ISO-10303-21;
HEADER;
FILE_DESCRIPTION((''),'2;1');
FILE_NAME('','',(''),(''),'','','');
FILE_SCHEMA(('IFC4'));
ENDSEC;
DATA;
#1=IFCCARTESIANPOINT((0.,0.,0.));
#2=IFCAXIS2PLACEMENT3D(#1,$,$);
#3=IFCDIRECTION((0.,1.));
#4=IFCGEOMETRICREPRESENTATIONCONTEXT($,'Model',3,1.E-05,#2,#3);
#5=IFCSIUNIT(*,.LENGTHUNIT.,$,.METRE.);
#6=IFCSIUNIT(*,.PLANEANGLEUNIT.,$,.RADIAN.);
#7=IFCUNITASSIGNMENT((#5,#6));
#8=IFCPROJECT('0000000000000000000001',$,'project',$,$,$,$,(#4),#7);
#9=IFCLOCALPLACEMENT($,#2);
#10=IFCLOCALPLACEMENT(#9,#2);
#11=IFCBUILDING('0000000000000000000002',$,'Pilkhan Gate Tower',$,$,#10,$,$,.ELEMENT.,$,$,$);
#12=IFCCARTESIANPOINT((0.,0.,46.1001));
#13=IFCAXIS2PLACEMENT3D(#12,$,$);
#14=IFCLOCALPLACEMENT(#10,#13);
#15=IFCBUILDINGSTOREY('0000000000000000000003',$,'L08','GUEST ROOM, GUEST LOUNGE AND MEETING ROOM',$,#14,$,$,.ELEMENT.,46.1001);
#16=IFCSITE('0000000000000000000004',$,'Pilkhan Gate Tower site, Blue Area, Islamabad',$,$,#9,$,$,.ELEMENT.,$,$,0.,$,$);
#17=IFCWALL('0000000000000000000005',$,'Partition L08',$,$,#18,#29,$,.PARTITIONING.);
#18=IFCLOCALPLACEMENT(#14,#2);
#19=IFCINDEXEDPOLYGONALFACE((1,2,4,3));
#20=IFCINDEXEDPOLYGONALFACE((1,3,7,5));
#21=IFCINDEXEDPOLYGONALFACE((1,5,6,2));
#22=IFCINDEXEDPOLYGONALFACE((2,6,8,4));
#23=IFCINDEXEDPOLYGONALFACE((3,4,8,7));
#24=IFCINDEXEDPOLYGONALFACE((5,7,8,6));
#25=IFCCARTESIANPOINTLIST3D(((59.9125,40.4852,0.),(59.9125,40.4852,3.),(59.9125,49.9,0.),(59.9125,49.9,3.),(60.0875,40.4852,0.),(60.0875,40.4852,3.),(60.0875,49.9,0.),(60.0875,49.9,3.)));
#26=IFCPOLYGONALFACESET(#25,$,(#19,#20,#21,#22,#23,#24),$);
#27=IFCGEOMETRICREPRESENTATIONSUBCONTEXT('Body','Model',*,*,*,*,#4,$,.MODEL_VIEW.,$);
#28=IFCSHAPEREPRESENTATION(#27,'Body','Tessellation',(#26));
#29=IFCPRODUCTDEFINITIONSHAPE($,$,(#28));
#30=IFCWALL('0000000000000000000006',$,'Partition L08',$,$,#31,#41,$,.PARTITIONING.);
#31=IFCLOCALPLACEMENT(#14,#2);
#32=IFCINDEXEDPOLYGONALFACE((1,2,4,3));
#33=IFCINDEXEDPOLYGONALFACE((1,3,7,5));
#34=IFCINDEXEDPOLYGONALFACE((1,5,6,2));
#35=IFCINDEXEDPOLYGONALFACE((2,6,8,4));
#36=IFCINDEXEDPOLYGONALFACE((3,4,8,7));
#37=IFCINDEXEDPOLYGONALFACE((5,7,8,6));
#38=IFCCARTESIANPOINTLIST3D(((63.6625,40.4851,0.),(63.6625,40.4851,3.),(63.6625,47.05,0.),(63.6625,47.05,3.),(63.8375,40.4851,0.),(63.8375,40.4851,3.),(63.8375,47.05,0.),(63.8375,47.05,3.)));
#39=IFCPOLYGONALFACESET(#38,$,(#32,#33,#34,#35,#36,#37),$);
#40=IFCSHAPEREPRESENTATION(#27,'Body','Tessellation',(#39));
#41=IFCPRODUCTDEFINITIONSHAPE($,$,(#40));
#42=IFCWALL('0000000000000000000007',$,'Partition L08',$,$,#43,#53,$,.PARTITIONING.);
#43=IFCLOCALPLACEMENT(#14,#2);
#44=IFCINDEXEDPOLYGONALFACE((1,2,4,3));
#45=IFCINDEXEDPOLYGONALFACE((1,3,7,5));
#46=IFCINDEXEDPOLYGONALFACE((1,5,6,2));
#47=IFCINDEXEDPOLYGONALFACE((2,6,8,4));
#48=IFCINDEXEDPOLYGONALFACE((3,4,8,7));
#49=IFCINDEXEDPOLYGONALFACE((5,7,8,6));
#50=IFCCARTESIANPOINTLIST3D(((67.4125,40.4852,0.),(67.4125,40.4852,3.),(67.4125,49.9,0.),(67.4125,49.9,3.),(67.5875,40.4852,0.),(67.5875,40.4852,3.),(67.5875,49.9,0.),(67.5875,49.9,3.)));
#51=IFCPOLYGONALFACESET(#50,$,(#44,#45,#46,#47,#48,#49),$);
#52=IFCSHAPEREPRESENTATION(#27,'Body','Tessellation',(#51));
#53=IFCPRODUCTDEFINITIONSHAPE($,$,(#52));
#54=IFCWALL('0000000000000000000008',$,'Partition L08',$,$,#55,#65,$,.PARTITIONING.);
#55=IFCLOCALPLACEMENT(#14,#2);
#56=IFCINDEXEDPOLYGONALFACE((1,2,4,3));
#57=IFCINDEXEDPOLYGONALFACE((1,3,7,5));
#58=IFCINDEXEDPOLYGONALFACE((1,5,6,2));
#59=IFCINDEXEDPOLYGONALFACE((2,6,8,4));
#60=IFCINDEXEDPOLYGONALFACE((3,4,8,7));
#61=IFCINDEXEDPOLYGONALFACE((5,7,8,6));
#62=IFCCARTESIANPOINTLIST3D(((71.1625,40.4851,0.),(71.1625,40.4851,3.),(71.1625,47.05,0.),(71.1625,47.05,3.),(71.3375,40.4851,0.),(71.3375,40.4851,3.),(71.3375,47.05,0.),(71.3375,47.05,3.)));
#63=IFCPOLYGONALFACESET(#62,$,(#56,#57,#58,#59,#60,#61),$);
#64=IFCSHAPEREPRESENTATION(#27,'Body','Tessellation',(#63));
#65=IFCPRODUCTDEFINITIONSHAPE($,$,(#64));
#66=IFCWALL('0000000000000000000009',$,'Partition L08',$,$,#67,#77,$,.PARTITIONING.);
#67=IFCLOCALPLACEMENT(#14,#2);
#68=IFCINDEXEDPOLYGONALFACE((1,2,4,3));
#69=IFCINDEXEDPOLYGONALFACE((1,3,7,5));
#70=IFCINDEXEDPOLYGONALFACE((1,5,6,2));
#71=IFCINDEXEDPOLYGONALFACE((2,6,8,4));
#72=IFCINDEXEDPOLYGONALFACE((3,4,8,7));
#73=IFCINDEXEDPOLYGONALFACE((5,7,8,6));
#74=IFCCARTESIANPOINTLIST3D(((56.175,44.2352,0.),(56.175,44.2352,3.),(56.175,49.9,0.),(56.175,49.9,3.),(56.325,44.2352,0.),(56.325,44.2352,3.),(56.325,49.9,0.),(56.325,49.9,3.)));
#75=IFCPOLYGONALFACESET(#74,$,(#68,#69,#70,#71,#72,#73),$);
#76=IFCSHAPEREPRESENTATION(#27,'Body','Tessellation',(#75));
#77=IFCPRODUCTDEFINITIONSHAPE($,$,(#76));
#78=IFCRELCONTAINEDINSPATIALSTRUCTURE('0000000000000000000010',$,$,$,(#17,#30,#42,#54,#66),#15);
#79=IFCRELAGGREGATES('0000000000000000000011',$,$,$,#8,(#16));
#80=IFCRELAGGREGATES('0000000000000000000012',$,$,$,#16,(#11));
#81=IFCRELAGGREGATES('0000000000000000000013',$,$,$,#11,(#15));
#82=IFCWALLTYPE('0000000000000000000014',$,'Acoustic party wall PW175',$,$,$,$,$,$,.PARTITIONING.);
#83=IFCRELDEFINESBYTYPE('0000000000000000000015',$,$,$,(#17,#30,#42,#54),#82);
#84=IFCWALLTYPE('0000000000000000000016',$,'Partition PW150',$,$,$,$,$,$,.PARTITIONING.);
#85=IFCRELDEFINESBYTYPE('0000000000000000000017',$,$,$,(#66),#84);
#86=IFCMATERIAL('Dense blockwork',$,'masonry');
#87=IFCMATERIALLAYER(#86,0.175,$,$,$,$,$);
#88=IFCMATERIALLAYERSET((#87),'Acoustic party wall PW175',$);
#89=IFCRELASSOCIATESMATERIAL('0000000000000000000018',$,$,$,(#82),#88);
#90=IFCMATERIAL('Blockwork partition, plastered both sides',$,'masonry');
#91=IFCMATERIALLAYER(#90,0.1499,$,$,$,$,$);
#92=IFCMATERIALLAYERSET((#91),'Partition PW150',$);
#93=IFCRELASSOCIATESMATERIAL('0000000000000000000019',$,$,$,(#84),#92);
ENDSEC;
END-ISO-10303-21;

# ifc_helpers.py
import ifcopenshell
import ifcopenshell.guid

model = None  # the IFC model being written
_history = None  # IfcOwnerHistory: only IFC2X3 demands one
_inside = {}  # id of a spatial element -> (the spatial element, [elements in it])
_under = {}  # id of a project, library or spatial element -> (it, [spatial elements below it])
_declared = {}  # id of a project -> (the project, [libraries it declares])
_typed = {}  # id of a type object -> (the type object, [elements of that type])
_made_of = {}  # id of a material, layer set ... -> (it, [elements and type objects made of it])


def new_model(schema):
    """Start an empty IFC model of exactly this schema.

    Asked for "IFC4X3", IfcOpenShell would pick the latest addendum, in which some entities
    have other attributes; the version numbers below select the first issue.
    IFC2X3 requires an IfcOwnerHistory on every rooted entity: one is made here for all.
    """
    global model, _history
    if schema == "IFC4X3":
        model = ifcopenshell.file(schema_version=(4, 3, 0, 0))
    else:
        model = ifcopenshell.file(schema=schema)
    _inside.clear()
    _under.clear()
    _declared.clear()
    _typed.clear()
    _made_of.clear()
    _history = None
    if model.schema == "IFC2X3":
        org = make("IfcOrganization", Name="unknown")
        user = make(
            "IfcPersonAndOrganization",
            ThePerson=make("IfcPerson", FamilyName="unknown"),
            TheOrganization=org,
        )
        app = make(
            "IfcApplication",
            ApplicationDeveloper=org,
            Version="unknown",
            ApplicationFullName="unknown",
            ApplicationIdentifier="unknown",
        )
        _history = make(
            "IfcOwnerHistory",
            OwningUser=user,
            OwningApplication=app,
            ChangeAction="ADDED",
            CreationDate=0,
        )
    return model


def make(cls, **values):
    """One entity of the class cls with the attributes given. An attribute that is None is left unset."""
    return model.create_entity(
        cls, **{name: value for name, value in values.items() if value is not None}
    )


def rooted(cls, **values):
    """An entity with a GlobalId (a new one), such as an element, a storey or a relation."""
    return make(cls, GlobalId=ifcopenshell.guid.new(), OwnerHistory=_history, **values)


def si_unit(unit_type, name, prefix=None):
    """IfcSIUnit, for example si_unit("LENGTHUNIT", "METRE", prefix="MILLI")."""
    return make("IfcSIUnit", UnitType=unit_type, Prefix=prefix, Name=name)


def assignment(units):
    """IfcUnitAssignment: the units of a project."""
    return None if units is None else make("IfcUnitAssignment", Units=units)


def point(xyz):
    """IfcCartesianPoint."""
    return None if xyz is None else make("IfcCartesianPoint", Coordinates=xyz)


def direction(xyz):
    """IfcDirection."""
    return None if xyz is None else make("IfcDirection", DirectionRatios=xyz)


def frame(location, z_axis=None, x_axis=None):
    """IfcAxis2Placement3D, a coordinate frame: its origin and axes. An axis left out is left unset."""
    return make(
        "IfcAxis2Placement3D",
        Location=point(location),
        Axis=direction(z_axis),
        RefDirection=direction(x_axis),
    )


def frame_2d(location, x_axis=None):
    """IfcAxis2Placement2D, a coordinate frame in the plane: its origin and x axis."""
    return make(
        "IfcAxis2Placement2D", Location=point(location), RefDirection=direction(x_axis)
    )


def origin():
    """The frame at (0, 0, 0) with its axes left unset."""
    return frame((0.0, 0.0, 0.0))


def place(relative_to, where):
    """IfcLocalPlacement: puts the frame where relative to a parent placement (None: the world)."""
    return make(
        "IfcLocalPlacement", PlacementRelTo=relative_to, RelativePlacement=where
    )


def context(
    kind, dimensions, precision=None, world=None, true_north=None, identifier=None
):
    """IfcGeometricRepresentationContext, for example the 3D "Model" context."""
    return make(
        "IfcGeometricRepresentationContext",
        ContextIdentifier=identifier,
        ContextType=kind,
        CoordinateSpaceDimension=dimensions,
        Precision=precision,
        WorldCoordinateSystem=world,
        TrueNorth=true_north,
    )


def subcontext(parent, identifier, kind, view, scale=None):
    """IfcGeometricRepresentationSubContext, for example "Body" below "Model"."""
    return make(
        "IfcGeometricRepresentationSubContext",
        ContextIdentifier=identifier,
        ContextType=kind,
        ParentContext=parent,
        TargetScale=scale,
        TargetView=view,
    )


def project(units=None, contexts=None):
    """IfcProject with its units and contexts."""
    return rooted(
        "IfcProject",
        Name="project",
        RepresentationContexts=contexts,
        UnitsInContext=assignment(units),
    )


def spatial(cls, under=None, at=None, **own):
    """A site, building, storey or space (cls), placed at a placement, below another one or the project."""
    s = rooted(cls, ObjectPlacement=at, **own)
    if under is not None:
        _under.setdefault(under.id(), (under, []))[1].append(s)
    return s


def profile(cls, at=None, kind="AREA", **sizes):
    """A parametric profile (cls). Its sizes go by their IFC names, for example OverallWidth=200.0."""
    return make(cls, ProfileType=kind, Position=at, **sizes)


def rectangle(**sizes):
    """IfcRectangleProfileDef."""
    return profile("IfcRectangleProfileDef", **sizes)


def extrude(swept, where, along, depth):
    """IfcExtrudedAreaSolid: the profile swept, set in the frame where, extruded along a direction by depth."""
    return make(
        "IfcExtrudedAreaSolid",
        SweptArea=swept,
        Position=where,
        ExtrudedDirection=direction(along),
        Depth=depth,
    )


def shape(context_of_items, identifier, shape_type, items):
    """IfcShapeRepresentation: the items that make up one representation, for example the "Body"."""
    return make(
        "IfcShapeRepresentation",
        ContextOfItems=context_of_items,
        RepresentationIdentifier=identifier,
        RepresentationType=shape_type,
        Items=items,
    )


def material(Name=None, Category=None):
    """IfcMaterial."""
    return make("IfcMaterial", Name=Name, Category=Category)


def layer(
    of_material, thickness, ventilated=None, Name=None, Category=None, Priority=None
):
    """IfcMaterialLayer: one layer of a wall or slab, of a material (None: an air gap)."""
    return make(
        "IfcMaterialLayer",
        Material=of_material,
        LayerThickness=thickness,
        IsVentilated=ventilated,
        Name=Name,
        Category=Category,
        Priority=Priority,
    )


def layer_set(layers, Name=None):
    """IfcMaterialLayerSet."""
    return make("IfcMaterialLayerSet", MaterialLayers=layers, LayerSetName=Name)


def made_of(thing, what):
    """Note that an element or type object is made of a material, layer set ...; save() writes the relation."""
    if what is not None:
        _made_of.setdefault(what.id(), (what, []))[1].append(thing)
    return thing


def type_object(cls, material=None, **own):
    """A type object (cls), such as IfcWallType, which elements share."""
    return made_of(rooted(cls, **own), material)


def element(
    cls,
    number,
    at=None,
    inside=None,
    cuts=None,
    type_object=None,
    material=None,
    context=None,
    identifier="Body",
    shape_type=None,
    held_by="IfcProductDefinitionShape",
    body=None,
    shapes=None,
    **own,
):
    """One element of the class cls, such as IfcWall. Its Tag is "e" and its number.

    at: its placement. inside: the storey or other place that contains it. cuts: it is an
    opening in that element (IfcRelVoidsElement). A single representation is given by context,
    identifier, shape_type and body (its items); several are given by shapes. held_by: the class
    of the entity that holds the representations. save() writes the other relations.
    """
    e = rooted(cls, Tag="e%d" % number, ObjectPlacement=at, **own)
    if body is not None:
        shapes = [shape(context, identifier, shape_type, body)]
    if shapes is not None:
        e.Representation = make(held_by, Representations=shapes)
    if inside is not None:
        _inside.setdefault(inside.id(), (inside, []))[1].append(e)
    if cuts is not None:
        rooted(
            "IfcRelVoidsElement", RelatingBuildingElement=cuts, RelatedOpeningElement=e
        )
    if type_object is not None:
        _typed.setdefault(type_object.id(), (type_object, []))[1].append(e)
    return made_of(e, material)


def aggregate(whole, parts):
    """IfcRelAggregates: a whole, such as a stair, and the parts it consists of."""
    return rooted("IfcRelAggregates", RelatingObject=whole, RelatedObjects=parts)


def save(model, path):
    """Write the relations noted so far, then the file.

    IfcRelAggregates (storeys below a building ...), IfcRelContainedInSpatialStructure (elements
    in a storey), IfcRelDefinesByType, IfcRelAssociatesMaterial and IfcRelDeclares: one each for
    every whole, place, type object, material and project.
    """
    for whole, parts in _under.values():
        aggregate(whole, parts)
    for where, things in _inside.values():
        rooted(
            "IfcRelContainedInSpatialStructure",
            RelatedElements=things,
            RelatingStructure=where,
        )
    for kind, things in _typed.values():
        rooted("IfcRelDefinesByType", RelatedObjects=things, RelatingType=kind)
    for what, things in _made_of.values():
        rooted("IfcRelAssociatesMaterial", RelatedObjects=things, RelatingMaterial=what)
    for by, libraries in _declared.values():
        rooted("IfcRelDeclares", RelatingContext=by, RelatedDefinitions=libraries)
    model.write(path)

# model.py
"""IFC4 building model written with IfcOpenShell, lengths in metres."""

from ifc_helpers import new_model, si_unit, direction, frame, frame_2d, origin, place, context, subcontext, project, spatial, rectangle, extrude, material, layer, layer_set, type_object, element, save


model = new_model("IFC4")

# Units and contexts
model_context = context("Model", 3, precision=1e-05, world=origin(), true_north=direction((0.0, 1.0)))
body_context = subcontext(model_context, "Body", "Model", "MODEL_VIEW")
ifc_project = project(units=[si_unit("LENGTHUNIT", "METRE"), si_unit("PLANEANGLEUNIT", "RADIAN")], contexts=[model_context])

# Site, building, storey
site_placement = place(None, origin())
site = spatial("IfcSite", under=ifc_project, at=site_placement, Name="Pilkhan Gate Tower site, Blue Area, Islamabad", CompositionType="ELEMENT", RefElevation=0.0)
building_placement = place(site_placement, origin())
building = spatial("IfcBuilding", under=site, at=building_placement, Name="Pilkhan Gate Tower", CompositionType="ELEMENT")
storey_placement = place(building_placement, frame((0.0, 0.0, 46.1001)))
storey = spatial("IfcBuildingStorey", under=building, at=storey_placement, Name="L08", Description="GUEST ROOM, GUEST LOUNGE AND MEETING ROOM", CompositionType="ELEMENT", Elevation=46.1001)

# Walls
ifc_material_1 = material(Name="Dense blockwork", Category="masonry")
ifc_layer_1 = layer(ifc_material_1, 0.175)
ifc_layer_set_1 = layer_set([ifc_layer_1], Name="Acoustic party wall PW175")
wall_type_1 = type_object("IfcWallType", Name="Acoustic party wall PW175", PredefinedType="PARTITIONING", material=ifc_layer_set_1)
wall_1_placement = place(storey_placement, frame((60.0, 40.4851, 0.0), z_axis=(0.0, 0.0, 1.0), x_axis=(0.0, 1.0, 0.0)))
element("IfcWall", 1, at=wall_1_placement, inside=storey, type_object=wall_type_1, Name="Partition L08", PredefinedType="PARTITIONING", context=body_context, shape_type="SweptSolid", body=[
    extrude(rectangle(XDim=9.4148, YDim=0.175, at=frame_2d((4.7075, 0.0))), origin(), (0.0, 0.0, 1.0), 3.0),
])
wall_2_placement = place(storey_placement, frame((63.75, 40.4851, 0.0), z_axis=(0.0, 0.0, 1.0), x_axis=(0.0, 1.0, 0.0)))
element("IfcWall", 2, at=wall_2_placement, inside=storey, type_object=wall_type_1, Name="Partition L08", PredefinedType="PARTITIONING", context=body_context, shape_type="SweptSolid", body=[
    extrude(rectangle(XDim=6.5649, YDim=0.175, at=frame_2d((3.2825, 0.0))), origin(), (0.0, 0.0, 1.0), 3.0),
])
wall_3_placement = place(storey_placement, frame((67.5, 40.4851, 0.0), z_axis=(0.0, 0.0, 1.0), x_axis=(0.0, 1.0, 0.0)))
element("IfcWall", 3, at=wall_3_placement, inside=storey, type_object=wall_type_1, Name="Partition L08", PredefinedType="PARTITIONING", context=body_context, shape_type="SweptSolid", body=[
    extrude(rectangle(XDim=9.4148, YDim=0.175, at=frame_2d((4.7075, 0.0))), origin(), (0.0, 0.0, 1.0), 3.0),
])
wall_4_placement = place(storey_placement, frame((71.25, 40.4851, 0.0), z_axis=(0.0, 0.0, 1.0), x_axis=(0.0, 1.0, 0.0)))
element("IfcWall", 4, at=wall_4_placement, inside=storey, type_object=wall_type_1, Name="Partition L08", PredefinedType="PARTITIONING", context=body_context, shape_type="SweptSolid", body=[
    extrude(rectangle(XDim=6.5649, YDim=0.175, at=frame_2d((3.2825, 0.0))), origin(), (0.0, 0.0, 1.0), 3.0),
])
ifc_material_2 = material(Name="Blockwork partition, plastered both sides", Category="masonry")
ifc_layer_2 = layer(ifc_material_2, 0.1499)
ifc_layer_set_2 = layer_set([ifc_layer_2], Name="Partition PW150")
wall_type_2 = type_object("IfcWallType", Name="Partition PW150", PredefinedType="PARTITIONING", material=ifc_layer_set_2)
wall_5_placement = place(storey_placement, frame((56.25, 44.2351, 0.0), z_axis=(0.0, 0.0, 1.0), x_axis=(0.0, 1.0, 0.0)))
element("IfcWall", 5, at=wall_5_placement, inside=storey, type_object=wall_type_2, Name="Partition L08", PredefinedType="PARTITIONING", context=body_context, shape_type="SweptSolid", body=[
    extrude(rectangle(XDim=5.6648, YDim=0.1499, at=frame_2d((2.8325, 0.0))), origin(), (0.0, 0.0, 1.0), 3.0),
])

save(model, "model.ifc")
